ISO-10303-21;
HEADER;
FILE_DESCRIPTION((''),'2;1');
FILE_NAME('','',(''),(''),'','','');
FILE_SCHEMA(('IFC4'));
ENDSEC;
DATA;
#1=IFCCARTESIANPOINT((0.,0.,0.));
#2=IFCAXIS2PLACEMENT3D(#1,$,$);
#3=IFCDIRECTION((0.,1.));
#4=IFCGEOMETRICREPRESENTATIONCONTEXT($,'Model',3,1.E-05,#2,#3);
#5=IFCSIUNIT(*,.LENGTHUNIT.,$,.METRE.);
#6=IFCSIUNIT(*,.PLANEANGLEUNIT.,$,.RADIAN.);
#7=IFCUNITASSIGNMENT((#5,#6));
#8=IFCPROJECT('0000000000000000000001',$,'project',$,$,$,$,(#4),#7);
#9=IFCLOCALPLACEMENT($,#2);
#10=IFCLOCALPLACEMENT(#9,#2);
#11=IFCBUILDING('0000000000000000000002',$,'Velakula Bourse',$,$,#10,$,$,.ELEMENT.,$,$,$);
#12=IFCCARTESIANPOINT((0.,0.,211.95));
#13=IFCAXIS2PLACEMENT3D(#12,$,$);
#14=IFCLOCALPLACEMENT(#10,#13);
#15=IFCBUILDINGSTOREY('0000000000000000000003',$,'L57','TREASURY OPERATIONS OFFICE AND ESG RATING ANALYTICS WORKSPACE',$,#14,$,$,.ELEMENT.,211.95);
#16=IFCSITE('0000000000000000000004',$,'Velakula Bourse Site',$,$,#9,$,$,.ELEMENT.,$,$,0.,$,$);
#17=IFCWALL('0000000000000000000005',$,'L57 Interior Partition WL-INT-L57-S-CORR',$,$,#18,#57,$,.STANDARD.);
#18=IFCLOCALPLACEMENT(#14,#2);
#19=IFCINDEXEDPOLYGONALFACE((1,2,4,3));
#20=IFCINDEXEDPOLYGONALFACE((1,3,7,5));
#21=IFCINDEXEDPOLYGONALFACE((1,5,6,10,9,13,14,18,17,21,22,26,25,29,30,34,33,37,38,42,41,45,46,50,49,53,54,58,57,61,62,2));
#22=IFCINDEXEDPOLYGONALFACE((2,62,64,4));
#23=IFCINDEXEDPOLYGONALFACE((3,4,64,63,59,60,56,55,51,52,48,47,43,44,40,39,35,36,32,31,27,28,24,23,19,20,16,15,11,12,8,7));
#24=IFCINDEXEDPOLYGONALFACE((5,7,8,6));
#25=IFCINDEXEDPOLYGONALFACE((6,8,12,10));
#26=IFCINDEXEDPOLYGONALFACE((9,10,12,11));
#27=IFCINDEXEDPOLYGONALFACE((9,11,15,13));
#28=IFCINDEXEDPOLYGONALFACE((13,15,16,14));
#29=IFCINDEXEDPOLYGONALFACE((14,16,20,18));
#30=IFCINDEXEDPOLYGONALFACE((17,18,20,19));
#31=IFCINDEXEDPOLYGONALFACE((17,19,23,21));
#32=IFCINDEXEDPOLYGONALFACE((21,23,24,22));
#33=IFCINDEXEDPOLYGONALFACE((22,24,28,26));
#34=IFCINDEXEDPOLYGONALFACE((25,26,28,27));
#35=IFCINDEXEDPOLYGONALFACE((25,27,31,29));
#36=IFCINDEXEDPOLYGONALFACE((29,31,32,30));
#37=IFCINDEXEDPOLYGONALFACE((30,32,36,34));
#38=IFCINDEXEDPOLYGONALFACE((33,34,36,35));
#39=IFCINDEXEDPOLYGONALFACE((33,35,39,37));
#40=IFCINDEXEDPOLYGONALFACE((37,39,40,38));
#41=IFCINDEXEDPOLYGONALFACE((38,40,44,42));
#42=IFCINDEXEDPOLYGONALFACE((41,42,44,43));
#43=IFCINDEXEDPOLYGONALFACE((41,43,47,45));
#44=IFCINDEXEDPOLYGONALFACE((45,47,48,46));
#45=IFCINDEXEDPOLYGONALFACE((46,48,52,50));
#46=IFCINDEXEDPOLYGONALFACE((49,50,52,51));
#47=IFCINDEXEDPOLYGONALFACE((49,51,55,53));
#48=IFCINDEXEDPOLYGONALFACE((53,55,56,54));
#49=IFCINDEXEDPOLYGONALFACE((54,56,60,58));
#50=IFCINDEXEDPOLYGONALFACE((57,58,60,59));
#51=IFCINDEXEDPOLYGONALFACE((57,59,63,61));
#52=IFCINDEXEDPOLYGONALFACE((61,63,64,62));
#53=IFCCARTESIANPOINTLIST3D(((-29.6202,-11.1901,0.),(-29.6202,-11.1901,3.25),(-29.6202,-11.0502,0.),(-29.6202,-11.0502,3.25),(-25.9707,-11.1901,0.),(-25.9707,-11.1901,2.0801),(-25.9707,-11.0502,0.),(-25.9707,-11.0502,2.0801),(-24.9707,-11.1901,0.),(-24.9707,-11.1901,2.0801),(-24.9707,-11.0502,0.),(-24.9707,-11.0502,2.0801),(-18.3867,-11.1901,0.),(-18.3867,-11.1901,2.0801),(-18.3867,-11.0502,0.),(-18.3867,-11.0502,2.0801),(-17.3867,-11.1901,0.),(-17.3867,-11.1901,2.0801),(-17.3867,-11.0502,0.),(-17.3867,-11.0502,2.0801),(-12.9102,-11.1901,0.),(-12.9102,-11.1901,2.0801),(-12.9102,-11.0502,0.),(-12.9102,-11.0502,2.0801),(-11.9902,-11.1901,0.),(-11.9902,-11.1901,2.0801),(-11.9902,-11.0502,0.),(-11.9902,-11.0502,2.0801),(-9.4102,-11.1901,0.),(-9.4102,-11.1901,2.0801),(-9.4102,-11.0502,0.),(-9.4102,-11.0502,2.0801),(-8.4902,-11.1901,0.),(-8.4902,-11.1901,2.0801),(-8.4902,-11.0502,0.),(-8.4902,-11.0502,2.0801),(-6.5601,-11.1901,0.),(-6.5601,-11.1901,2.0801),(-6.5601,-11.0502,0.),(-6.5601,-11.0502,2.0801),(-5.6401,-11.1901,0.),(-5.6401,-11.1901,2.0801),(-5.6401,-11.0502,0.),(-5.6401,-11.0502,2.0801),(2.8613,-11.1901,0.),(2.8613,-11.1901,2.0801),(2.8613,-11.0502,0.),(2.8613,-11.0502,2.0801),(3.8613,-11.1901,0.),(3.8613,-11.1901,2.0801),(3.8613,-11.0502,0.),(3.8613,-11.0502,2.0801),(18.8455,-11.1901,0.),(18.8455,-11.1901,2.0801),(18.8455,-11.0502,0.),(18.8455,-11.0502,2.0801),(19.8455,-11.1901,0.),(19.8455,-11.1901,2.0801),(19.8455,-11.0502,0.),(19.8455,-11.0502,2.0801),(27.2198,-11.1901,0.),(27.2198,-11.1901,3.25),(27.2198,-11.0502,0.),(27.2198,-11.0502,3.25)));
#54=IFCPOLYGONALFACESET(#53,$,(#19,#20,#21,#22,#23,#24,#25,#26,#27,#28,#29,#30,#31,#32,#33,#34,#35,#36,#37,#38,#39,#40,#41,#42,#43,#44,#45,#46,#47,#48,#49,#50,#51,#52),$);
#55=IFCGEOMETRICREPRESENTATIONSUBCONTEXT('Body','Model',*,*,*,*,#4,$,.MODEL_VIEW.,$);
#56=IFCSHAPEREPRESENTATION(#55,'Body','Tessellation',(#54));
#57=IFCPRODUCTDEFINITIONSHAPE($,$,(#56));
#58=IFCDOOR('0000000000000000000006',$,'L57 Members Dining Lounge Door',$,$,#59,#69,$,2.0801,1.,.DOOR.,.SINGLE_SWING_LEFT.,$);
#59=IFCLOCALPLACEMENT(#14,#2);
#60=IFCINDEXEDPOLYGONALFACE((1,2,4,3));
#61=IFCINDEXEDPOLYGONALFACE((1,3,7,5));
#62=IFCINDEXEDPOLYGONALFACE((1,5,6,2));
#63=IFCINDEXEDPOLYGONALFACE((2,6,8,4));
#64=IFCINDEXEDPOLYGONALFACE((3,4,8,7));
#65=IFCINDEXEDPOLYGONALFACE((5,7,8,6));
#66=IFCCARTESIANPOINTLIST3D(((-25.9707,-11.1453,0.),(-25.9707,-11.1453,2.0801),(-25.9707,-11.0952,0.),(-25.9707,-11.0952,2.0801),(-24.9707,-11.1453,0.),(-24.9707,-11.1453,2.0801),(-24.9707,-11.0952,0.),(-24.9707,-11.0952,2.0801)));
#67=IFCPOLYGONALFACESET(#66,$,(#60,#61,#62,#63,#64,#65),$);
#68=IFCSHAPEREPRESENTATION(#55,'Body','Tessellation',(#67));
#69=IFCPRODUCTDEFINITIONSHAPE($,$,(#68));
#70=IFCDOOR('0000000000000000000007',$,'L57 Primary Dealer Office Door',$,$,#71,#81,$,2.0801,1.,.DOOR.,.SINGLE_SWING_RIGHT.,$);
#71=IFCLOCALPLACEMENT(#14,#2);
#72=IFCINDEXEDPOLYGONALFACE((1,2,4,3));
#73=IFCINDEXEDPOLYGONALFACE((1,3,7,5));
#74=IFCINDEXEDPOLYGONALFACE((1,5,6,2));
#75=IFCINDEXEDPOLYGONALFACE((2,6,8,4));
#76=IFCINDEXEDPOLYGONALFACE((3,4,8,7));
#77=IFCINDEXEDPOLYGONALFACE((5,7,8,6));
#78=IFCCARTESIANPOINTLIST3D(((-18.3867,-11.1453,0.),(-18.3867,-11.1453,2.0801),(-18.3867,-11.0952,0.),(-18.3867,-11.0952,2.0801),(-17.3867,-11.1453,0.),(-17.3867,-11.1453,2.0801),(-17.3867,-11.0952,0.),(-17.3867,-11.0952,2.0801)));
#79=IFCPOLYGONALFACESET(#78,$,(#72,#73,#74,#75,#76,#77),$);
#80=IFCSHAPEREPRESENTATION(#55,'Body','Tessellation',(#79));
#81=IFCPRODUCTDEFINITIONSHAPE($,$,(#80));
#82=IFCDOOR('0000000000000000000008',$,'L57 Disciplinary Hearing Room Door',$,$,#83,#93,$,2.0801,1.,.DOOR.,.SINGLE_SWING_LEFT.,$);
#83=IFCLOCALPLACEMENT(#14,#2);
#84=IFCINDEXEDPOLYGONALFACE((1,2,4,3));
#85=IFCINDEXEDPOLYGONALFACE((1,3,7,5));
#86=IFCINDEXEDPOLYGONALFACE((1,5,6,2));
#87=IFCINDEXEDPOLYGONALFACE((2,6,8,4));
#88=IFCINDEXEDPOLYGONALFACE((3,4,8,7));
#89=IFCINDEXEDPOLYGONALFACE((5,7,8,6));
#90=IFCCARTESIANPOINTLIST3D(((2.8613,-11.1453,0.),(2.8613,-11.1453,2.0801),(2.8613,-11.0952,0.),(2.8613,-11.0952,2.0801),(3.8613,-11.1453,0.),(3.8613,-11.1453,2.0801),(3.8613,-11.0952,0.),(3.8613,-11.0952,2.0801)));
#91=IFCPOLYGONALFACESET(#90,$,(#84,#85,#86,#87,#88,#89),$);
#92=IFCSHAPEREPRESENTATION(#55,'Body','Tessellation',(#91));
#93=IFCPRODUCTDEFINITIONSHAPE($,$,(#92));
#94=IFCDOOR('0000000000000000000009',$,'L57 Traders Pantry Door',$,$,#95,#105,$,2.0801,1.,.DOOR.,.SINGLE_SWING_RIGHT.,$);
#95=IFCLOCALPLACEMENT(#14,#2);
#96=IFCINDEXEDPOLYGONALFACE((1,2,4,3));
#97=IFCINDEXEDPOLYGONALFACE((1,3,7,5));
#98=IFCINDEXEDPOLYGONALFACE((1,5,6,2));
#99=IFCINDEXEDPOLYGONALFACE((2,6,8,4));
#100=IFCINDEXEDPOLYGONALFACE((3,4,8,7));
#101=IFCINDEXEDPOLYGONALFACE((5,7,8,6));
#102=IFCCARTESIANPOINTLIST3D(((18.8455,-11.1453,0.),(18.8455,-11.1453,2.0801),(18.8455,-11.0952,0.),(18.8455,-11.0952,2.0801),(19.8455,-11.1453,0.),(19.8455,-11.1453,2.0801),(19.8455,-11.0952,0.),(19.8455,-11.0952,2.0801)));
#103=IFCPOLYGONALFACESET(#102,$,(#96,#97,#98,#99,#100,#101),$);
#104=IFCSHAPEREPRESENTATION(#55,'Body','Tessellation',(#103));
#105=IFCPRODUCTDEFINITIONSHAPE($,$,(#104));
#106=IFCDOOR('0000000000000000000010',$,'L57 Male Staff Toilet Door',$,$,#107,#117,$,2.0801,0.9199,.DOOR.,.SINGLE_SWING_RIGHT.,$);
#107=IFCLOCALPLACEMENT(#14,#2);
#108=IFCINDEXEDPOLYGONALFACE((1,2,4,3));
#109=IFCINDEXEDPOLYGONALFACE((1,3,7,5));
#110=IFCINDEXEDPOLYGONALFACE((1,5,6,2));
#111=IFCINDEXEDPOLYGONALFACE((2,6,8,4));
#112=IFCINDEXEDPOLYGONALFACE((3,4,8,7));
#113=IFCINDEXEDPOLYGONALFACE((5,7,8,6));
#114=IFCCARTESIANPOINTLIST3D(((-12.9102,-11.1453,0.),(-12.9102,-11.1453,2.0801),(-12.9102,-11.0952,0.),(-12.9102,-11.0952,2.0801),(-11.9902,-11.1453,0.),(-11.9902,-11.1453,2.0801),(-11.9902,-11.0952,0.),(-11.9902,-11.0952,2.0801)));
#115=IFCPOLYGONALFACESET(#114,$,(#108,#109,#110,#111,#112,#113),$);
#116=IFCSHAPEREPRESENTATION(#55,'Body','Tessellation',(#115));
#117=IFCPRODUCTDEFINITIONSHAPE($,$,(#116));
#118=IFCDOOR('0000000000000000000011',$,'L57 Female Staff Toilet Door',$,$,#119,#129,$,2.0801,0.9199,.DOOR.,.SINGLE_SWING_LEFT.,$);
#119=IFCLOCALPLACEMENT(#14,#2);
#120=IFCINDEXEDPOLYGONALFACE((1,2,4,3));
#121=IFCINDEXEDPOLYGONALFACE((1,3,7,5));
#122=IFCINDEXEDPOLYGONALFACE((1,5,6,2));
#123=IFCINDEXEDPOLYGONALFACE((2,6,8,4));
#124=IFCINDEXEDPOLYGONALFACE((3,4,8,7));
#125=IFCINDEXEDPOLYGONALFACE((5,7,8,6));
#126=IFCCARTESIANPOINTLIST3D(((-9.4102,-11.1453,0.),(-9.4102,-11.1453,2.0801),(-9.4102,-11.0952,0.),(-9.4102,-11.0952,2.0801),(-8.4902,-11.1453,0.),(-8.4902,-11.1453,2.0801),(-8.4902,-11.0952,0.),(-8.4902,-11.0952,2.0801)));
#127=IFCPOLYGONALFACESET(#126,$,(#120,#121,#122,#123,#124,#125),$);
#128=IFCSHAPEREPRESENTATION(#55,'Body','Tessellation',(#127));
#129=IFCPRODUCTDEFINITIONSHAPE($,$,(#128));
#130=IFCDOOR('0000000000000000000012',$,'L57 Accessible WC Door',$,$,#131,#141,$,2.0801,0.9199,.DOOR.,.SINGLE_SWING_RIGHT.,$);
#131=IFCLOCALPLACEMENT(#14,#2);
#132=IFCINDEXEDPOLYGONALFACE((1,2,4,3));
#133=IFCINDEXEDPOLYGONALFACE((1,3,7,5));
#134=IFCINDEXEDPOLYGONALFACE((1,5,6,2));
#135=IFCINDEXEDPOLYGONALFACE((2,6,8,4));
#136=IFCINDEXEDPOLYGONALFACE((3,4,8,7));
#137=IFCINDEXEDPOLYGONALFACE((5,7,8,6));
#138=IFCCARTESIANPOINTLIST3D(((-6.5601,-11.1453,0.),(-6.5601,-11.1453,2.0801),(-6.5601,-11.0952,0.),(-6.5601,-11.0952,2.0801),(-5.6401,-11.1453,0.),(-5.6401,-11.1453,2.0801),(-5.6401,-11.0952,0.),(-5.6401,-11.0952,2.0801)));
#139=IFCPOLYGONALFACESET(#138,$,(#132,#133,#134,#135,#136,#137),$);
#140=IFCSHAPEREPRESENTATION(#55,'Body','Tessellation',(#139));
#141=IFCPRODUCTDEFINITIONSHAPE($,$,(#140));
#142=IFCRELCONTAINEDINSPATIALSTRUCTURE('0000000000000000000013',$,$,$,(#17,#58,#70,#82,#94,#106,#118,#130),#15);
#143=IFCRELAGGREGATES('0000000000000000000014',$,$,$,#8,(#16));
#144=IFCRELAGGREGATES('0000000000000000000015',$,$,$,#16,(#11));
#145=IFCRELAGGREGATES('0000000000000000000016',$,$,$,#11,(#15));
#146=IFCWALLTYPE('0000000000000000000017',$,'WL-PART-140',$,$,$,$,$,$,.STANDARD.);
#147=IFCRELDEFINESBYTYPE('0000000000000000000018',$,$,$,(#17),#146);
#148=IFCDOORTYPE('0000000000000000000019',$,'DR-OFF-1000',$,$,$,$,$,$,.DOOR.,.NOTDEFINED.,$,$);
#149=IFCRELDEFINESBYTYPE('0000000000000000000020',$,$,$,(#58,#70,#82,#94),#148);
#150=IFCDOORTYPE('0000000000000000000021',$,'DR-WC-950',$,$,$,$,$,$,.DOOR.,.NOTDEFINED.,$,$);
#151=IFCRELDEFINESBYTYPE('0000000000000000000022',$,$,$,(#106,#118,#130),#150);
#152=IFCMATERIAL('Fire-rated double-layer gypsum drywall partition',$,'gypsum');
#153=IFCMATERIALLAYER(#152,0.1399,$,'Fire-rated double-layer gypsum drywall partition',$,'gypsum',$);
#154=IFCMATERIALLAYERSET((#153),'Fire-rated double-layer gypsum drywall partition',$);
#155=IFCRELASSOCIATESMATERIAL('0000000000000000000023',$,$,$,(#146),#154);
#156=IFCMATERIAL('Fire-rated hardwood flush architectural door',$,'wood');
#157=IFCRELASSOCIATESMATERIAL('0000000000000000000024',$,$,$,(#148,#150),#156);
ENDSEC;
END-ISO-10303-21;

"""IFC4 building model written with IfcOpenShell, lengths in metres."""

from ifc_helpers import new_model, si_unit, direction, frame, frame_2d, origin, place, context, subcontext, project, spatial, rectangle, extrude, material, layer, layer_set, type_object, element, fill, save


model = new_model("IFC4")

# Units and contexts
model_context = context("Model", 3, precision=1e-05, world=origin(), true_north=direction((0.0, 1.0)))
body_context = subcontext(model_context, "Body", "Model", "MODEL_VIEW")
ifc_project = project(units=[si_unit("LENGTHUNIT", "METRE"), si_unit("PLANEANGLEUNIT", "RADIAN")], contexts=[model_context])

# Site, building, storey
site_placement = place(None, origin())
site = spatial("IfcSite", under=ifc_project, at=site_placement, Name="Velakula Bourse Site", CompositionType="ELEMENT", RefElevation=0.0)
building_placement = place(site_placement, origin())
building = spatial("IfcBuilding", under=site, at=building_placement, Name="Velakula Bourse", CompositionType="ELEMENT")
storey_placement = place(building_placement, frame((0.0, 0.0, 211.95)))
storey = spatial("IfcBuildingStorey", under=building, at=storey_placement, Name="L57", Description="TREASURY OPERATIONS OFFICE AND ESG RATING ANALYTICS WORKSPACE", CompositionType="ELEMENT", Elevation=211.95)

# Wall, openings, doors
ifc_material_1 = material(Name="Fire-rated double-layer gypsum drywall partition", Category="gypsum")
ifc_layer_1 = layer(ifc_material_1, 0.1399, Name="Fire-rated double-layer gypsum drywall partition", Category="gypsum")
ifc_layer_set_1 = layer_set([ifc_layer_1], Name="Fire-rated double-layer gypsum drywall partition")
wall_type_1 = type_object("IfcWallType", Name="WL-PART-140", PredefinedType="STANDARD", material=ifc_layer_set_1)
wall_1_placement = place(storey_placement, frame((-29.6201, -11.1201, 0.0), z_axis=(0.0, 0.0, 1.0), x_axis=(1.0, 0.0, 0.0)))
wall_1 = element("IfcWall", 1, at=wall_1_placement, inside=storey, type_object=wall_type_1, Name="L57 Interior Partition WL-INT-L57-S-CORR", PredefinedType="STANDARD", context=body_context, shape_type="SweptSolid", body=[
    extrude(rectangle(XDim=56.8401, YDim=0.1399, at=frame_2d((28.4199, 0.0))), origin(), (0.0, 0.0, 1.0), 3.25),
])
opening_1_placement = place(wall_1_placement, frame((16.71, 0.0, 0.0)))
opening_1 = element("IfcOpeningElement", 2, at=opening_1_placement, cuts=wall_1, PredefinedType="OPENING", context=body_context, shape_type="SweptSolid", body=[
    extrude(rectangle(XDim=0.9199, YDim=2.0801, at=frame_2d((0.46, 1.04))), frame((0.0, 0.0798, 0.0), z_axis=(0.0, -1.0, 0.0), x_axis=(1.0, 0.0, 0.0)), (0.0, 0.0, 1.0), 0.1599),
])
opening_2_placement = place(wall_1_placement, frame((20.21, 0.0, 0.0)))
opening_2 = element("IfcOpeningElement", 3, at=opening_2_placement, cuts=wall_1, PredefinedType="OPENING", context=body_context, shape_type="SweptSolid", body=[
    extrude(rectangle(XDim=0.9199, YDim=2.0801, at=frame_2d((0.46, 1.04))), frame((0.0, 0.0798, 0.0), z_axis=(0.0, -1.0, 0.0), x_axis=(1.0, 0.0, 0.0)), (0.0, 0.0, 1.0), 0.1599),
])
opening_3_placement = place(wall_1_placement, frame((23.0601, 0.0, 0.0)))
opening_3 = element("IfcOpeningElement", 4, at=opening_3_placement, cuts=wall_1, PredefinedType="OPENING", context=body_context, shape_type="SweptSolid", body=[
    extrude(rectangle(XDim=0.9199, YDim=2.0801, at=frame_2d((0.46, 1.04))), frame((0.0, 0.0798, 0.0), z_axis=(0.0, -1.0, 0.0), x_axis=(1.0, 0.0, 0.0)), (0.0, 0.0, 1.0), 0.1599),
])
opening_4_placement = place(wall_1_placement, frame((3.6494, 0.0, 0.0)))
opening_4 = element("IfcOpeningElement", 5, at=opening_4_placement, cuts=wall_1, PredefinedType="OPENING", context=body_context, shape_type="SweptSolid", body=[
    extrude(rectangle(XDim=1.0, YDim=2.0801, at=frame_2d((0.5, 1.04))), frame((0.0, 0.0798, 0.0), z_axis=(0.0, -1.0, 0.0), x_axis=(1.0, 0.0, 0.0)), (0.0, 0.0, 1.0), 0.1599),
])
opening_5_placement = place(wall_1_placement, frame((11.2334, 0.0, 0.0)))
opening_5 = element("IfcOpeningElement", 6, at=opening_5_placement, cuts=wall_1, PredefinedType="OPENING", context=body_context, shape_type="SweptSolid", body=[
    extrude(rectangle(XDim=1.0, YDim=2.0801, at=frame_2d((0.5, 1.04))), frame((0.0, 0.0798, 0.0), z_axis=(0.0, -1.0, 0.0), x_axis=(1.0, 0.0, 0.0)), (0.0, 0.0, 1.0), 0.1599),
])
opening_6_placement = place(wall_1_placement, frame((32.4814, 0.0, 0.0)))
opening_6 = element("IfcOpeningElement", 7, at=opening_6_placement, cuts=wall_1, PredefinedType="OPENING", context=body_context, shape_type="SweptSolid", body=[
    extrude(rectangle(XDim=1.0, YDim=2.0801, at=frame_2d((0.5, 1.04))), frame((0.0, 0.0798, 0.0), z_axis=(0.0, -1.0, 0.0), x_axis=(1.0, 0.0, 0.0)), (0.0, 0.0, 1.0), 0.1599),
])
opening_7_placement = place(wall_1_placement, frame((48.4656, 0.0, 0.0)))
opening_7 = element("IfcOpeningElement", 8, at=opening_7_placement, cuts=wall_1, PredefinedType="OPENING", context=body_context, shape_type="SweptSolid", body=[
    extrude(rectangle(XDim=1.0, YDim=2.0801, at=frame_2d((0.5, 1.04))), frame((0.0, 0.0798, 0.0), z_axis=(0.0, -1.0, 0.0), x_axis=(1.0, 0.0, 0.0)), (0.0, 0.0, 1.0), 0.1599),
])
ifc_material_2 = material(Name="Fire-rated hardwood flush architectural door", Category="wood")
door_type_1 = type_object("IfcDoorType", Name="DR-OFF-1000", OperationType="NOTDEFINED", PredefinedType="DOOR", material=ifc_material_2)
door_1_placement = place(opening_4_placement, origin())
door_1 = element("IfcDoor", 9, at=door_1_placement, inside=storey, type_object=door_type_1, Name="L57 Members Dining Lounge Door", OperationType="SINGLE_SWING_LEFT", OverallHeight=2.0801, OverallWidth=1.0, PredefinedType="DOOR", context=body_context, shape_type="SweptSolid", body=[
    extrude(rectangle(XDim=1.0, YDim=2.0801, at=frame_2d((0.5, 1.04))), frame((0.0, 0.0249, 0.0), z_axis=(0.0, -1.0, 0.0), x_axis=(1.0, 0.0, 0.0)), (0.0, 0.0, 1.0), 0.05),
])
fill(opening_4, door_1)
door_2_placement = place(opening_5_placement, origin())
door_2 = element("IfcDoor", 10, at=door_2_placement, inside=storey, type_object=door_type_1, Name="L57 Primary Dealer Office Door", OperationType="SINGLE_SWING_RIGHT", OverallHeight=2.0801, OverallWidth=1.0, PredefinedType="DOOR", context=body_context, shape_type="SweptSolid", body=[
    extrude(rectangle(XDim=1.0, YDim=2.0801, at=frame_2d((0.5, 1.04))), frame((0.0, 0.0249, 0.0), z_axis=(0.0, -1.0, 0.0), x_axis=(1.0, 0.0, 0.0)), (0.0, 0.0, 1.0), 0.05),
])
fill(opening_5, door_2)
door_3_placement = place(opening_6_placement, origin())
door_3 = element("IfcDoor", 11, at=door_3_placement, inside=storey, type_object=door_type_1, Name="L57 Disciplinary Hearing Room Door", OperationType="SINGLE_SWING_LEFT", OverallHeight=2.0801, OverallWidth=1.0, PredefinedType="DOOR", context=body_context, shape_type="SweptSolid", body=[
    extrude(rectangle(XDim=1.0, YDim=2.0801, at=frame_2d((0.5, 1.04))), frame((0.0, 0.0249, 0.0), z_axis=(0.0, -1.0, 0.0), x_axis=(1.0, 0.0, 0.0)), (0.0, 0.0, 1.0), 0.05),
])
fill(opening_6, door_3)
door_4_placement = place(opening_7_placement, origin())
door_4 = element("IfcDoor", 12, at=door_4_placement, inside=storey, type_object=door_type_1, Name="L57 Traders Pantry Door", OperationType="SINGLE_SWING_RIGHT", OverallHeight=2.0801, OverallWidth=1.0, PredefinedType="DOOR", context=body_context, shape_type="SweptSolid", body=[
    extrude(rectangle(XDim=1.0, YDim=2.0801, at=frame_2d((0.5, 1.04))), frame((0.0, 0.0249, 0.0), z_axis=(0.0, -1.0, 0.0), x_axis=(1.0, 0.0, 0.0)), (0.0, 0.0, 1.0), 0.05),
])
fill(opening_7, door_4)
door_type_2 = type_object("IfcDoorType", Name="DR-WC-950", OperationType="NOTDEFINED", PredefinedType="DOOR", material=ifc_material_2)
door_5_placement = place(opening_1_placement, origin())
door_5 = element("IfcDoor", 13, at=door_5_placement, inside=storey, type_object=door_type_2, Name="L57 Male Staff Toilet Door", OperationType="SINGLE_SWING_RIGHT", OverallHeight=2.0801, OverallWidth=0.9199, PredefinedType="DOOR", context=body_context, shape_type="SweptSolid", body=[
    extrude(rectangle(XDim=0.9199, YDim=2.0801, at=frame_2d((0.46, 1.04))), frame((0.0, 0.0249, 0.0), z_axis=(0.0, -1.0, 0.0), x_axis=(1.0, 0.0, 0.0)), (0.0, 0.0, 1.0), 0.05),
])
fill(opening_1, door_5)
door_6_placement = place(opening_2_placement, origin())
door_6 = element("IfcDoor", 14, at=door_6_placement, inside=storey, type_object=door_type_2, Name="L57 Female Staff Toilet Door", OperationType="SINGLE_SWING_LEFT", OverallHeight=2.0801, OverallWidth=0.9199, PredefinedType="DOOR", context=body_context, shape_type="SweptSolid", body=[
    extrude(rectangle(XDim=0.9199, YDim=2.0801, at=frame_2d((0.46, 1.04))), frame((0.0, 0.0249, 0.0), z_axis=(0.0, -1.0, 0.0), x_axis=(1.0, 0.0, 0.0)), (0.0, 0.0, 1.0), 0.05),
])
fill(opening_2, door_6)
door_7_placement = place(opening_3_placement, origin())
door_7 = element("IfcDoor", 15, at=door_7_placement, inside=storey, type_object=door_type_2, Name="L57 Accessible WC Door", OperationType="SINGLE_SWING_RIGHT", OverallHeight=2.0801, OverallWidth=0.9199, PredefinedType="DOOR", context=body_context, shape_type="SweptSolid", body=[
    extrude(rectangle(XDim=0.9199, YDim=2.0801, at=frame_2d((0.46, 1.04))), frame((0.0, 0.0249, 0.0), z_axis=(0.0, -1.0, 0.0), x_axis=(1.0, 0.0, 0.0)), (0.0, 0.0, 1.0), 0.05),
])
fill(opening_3, door_7)

save(model, "model.ifc")
